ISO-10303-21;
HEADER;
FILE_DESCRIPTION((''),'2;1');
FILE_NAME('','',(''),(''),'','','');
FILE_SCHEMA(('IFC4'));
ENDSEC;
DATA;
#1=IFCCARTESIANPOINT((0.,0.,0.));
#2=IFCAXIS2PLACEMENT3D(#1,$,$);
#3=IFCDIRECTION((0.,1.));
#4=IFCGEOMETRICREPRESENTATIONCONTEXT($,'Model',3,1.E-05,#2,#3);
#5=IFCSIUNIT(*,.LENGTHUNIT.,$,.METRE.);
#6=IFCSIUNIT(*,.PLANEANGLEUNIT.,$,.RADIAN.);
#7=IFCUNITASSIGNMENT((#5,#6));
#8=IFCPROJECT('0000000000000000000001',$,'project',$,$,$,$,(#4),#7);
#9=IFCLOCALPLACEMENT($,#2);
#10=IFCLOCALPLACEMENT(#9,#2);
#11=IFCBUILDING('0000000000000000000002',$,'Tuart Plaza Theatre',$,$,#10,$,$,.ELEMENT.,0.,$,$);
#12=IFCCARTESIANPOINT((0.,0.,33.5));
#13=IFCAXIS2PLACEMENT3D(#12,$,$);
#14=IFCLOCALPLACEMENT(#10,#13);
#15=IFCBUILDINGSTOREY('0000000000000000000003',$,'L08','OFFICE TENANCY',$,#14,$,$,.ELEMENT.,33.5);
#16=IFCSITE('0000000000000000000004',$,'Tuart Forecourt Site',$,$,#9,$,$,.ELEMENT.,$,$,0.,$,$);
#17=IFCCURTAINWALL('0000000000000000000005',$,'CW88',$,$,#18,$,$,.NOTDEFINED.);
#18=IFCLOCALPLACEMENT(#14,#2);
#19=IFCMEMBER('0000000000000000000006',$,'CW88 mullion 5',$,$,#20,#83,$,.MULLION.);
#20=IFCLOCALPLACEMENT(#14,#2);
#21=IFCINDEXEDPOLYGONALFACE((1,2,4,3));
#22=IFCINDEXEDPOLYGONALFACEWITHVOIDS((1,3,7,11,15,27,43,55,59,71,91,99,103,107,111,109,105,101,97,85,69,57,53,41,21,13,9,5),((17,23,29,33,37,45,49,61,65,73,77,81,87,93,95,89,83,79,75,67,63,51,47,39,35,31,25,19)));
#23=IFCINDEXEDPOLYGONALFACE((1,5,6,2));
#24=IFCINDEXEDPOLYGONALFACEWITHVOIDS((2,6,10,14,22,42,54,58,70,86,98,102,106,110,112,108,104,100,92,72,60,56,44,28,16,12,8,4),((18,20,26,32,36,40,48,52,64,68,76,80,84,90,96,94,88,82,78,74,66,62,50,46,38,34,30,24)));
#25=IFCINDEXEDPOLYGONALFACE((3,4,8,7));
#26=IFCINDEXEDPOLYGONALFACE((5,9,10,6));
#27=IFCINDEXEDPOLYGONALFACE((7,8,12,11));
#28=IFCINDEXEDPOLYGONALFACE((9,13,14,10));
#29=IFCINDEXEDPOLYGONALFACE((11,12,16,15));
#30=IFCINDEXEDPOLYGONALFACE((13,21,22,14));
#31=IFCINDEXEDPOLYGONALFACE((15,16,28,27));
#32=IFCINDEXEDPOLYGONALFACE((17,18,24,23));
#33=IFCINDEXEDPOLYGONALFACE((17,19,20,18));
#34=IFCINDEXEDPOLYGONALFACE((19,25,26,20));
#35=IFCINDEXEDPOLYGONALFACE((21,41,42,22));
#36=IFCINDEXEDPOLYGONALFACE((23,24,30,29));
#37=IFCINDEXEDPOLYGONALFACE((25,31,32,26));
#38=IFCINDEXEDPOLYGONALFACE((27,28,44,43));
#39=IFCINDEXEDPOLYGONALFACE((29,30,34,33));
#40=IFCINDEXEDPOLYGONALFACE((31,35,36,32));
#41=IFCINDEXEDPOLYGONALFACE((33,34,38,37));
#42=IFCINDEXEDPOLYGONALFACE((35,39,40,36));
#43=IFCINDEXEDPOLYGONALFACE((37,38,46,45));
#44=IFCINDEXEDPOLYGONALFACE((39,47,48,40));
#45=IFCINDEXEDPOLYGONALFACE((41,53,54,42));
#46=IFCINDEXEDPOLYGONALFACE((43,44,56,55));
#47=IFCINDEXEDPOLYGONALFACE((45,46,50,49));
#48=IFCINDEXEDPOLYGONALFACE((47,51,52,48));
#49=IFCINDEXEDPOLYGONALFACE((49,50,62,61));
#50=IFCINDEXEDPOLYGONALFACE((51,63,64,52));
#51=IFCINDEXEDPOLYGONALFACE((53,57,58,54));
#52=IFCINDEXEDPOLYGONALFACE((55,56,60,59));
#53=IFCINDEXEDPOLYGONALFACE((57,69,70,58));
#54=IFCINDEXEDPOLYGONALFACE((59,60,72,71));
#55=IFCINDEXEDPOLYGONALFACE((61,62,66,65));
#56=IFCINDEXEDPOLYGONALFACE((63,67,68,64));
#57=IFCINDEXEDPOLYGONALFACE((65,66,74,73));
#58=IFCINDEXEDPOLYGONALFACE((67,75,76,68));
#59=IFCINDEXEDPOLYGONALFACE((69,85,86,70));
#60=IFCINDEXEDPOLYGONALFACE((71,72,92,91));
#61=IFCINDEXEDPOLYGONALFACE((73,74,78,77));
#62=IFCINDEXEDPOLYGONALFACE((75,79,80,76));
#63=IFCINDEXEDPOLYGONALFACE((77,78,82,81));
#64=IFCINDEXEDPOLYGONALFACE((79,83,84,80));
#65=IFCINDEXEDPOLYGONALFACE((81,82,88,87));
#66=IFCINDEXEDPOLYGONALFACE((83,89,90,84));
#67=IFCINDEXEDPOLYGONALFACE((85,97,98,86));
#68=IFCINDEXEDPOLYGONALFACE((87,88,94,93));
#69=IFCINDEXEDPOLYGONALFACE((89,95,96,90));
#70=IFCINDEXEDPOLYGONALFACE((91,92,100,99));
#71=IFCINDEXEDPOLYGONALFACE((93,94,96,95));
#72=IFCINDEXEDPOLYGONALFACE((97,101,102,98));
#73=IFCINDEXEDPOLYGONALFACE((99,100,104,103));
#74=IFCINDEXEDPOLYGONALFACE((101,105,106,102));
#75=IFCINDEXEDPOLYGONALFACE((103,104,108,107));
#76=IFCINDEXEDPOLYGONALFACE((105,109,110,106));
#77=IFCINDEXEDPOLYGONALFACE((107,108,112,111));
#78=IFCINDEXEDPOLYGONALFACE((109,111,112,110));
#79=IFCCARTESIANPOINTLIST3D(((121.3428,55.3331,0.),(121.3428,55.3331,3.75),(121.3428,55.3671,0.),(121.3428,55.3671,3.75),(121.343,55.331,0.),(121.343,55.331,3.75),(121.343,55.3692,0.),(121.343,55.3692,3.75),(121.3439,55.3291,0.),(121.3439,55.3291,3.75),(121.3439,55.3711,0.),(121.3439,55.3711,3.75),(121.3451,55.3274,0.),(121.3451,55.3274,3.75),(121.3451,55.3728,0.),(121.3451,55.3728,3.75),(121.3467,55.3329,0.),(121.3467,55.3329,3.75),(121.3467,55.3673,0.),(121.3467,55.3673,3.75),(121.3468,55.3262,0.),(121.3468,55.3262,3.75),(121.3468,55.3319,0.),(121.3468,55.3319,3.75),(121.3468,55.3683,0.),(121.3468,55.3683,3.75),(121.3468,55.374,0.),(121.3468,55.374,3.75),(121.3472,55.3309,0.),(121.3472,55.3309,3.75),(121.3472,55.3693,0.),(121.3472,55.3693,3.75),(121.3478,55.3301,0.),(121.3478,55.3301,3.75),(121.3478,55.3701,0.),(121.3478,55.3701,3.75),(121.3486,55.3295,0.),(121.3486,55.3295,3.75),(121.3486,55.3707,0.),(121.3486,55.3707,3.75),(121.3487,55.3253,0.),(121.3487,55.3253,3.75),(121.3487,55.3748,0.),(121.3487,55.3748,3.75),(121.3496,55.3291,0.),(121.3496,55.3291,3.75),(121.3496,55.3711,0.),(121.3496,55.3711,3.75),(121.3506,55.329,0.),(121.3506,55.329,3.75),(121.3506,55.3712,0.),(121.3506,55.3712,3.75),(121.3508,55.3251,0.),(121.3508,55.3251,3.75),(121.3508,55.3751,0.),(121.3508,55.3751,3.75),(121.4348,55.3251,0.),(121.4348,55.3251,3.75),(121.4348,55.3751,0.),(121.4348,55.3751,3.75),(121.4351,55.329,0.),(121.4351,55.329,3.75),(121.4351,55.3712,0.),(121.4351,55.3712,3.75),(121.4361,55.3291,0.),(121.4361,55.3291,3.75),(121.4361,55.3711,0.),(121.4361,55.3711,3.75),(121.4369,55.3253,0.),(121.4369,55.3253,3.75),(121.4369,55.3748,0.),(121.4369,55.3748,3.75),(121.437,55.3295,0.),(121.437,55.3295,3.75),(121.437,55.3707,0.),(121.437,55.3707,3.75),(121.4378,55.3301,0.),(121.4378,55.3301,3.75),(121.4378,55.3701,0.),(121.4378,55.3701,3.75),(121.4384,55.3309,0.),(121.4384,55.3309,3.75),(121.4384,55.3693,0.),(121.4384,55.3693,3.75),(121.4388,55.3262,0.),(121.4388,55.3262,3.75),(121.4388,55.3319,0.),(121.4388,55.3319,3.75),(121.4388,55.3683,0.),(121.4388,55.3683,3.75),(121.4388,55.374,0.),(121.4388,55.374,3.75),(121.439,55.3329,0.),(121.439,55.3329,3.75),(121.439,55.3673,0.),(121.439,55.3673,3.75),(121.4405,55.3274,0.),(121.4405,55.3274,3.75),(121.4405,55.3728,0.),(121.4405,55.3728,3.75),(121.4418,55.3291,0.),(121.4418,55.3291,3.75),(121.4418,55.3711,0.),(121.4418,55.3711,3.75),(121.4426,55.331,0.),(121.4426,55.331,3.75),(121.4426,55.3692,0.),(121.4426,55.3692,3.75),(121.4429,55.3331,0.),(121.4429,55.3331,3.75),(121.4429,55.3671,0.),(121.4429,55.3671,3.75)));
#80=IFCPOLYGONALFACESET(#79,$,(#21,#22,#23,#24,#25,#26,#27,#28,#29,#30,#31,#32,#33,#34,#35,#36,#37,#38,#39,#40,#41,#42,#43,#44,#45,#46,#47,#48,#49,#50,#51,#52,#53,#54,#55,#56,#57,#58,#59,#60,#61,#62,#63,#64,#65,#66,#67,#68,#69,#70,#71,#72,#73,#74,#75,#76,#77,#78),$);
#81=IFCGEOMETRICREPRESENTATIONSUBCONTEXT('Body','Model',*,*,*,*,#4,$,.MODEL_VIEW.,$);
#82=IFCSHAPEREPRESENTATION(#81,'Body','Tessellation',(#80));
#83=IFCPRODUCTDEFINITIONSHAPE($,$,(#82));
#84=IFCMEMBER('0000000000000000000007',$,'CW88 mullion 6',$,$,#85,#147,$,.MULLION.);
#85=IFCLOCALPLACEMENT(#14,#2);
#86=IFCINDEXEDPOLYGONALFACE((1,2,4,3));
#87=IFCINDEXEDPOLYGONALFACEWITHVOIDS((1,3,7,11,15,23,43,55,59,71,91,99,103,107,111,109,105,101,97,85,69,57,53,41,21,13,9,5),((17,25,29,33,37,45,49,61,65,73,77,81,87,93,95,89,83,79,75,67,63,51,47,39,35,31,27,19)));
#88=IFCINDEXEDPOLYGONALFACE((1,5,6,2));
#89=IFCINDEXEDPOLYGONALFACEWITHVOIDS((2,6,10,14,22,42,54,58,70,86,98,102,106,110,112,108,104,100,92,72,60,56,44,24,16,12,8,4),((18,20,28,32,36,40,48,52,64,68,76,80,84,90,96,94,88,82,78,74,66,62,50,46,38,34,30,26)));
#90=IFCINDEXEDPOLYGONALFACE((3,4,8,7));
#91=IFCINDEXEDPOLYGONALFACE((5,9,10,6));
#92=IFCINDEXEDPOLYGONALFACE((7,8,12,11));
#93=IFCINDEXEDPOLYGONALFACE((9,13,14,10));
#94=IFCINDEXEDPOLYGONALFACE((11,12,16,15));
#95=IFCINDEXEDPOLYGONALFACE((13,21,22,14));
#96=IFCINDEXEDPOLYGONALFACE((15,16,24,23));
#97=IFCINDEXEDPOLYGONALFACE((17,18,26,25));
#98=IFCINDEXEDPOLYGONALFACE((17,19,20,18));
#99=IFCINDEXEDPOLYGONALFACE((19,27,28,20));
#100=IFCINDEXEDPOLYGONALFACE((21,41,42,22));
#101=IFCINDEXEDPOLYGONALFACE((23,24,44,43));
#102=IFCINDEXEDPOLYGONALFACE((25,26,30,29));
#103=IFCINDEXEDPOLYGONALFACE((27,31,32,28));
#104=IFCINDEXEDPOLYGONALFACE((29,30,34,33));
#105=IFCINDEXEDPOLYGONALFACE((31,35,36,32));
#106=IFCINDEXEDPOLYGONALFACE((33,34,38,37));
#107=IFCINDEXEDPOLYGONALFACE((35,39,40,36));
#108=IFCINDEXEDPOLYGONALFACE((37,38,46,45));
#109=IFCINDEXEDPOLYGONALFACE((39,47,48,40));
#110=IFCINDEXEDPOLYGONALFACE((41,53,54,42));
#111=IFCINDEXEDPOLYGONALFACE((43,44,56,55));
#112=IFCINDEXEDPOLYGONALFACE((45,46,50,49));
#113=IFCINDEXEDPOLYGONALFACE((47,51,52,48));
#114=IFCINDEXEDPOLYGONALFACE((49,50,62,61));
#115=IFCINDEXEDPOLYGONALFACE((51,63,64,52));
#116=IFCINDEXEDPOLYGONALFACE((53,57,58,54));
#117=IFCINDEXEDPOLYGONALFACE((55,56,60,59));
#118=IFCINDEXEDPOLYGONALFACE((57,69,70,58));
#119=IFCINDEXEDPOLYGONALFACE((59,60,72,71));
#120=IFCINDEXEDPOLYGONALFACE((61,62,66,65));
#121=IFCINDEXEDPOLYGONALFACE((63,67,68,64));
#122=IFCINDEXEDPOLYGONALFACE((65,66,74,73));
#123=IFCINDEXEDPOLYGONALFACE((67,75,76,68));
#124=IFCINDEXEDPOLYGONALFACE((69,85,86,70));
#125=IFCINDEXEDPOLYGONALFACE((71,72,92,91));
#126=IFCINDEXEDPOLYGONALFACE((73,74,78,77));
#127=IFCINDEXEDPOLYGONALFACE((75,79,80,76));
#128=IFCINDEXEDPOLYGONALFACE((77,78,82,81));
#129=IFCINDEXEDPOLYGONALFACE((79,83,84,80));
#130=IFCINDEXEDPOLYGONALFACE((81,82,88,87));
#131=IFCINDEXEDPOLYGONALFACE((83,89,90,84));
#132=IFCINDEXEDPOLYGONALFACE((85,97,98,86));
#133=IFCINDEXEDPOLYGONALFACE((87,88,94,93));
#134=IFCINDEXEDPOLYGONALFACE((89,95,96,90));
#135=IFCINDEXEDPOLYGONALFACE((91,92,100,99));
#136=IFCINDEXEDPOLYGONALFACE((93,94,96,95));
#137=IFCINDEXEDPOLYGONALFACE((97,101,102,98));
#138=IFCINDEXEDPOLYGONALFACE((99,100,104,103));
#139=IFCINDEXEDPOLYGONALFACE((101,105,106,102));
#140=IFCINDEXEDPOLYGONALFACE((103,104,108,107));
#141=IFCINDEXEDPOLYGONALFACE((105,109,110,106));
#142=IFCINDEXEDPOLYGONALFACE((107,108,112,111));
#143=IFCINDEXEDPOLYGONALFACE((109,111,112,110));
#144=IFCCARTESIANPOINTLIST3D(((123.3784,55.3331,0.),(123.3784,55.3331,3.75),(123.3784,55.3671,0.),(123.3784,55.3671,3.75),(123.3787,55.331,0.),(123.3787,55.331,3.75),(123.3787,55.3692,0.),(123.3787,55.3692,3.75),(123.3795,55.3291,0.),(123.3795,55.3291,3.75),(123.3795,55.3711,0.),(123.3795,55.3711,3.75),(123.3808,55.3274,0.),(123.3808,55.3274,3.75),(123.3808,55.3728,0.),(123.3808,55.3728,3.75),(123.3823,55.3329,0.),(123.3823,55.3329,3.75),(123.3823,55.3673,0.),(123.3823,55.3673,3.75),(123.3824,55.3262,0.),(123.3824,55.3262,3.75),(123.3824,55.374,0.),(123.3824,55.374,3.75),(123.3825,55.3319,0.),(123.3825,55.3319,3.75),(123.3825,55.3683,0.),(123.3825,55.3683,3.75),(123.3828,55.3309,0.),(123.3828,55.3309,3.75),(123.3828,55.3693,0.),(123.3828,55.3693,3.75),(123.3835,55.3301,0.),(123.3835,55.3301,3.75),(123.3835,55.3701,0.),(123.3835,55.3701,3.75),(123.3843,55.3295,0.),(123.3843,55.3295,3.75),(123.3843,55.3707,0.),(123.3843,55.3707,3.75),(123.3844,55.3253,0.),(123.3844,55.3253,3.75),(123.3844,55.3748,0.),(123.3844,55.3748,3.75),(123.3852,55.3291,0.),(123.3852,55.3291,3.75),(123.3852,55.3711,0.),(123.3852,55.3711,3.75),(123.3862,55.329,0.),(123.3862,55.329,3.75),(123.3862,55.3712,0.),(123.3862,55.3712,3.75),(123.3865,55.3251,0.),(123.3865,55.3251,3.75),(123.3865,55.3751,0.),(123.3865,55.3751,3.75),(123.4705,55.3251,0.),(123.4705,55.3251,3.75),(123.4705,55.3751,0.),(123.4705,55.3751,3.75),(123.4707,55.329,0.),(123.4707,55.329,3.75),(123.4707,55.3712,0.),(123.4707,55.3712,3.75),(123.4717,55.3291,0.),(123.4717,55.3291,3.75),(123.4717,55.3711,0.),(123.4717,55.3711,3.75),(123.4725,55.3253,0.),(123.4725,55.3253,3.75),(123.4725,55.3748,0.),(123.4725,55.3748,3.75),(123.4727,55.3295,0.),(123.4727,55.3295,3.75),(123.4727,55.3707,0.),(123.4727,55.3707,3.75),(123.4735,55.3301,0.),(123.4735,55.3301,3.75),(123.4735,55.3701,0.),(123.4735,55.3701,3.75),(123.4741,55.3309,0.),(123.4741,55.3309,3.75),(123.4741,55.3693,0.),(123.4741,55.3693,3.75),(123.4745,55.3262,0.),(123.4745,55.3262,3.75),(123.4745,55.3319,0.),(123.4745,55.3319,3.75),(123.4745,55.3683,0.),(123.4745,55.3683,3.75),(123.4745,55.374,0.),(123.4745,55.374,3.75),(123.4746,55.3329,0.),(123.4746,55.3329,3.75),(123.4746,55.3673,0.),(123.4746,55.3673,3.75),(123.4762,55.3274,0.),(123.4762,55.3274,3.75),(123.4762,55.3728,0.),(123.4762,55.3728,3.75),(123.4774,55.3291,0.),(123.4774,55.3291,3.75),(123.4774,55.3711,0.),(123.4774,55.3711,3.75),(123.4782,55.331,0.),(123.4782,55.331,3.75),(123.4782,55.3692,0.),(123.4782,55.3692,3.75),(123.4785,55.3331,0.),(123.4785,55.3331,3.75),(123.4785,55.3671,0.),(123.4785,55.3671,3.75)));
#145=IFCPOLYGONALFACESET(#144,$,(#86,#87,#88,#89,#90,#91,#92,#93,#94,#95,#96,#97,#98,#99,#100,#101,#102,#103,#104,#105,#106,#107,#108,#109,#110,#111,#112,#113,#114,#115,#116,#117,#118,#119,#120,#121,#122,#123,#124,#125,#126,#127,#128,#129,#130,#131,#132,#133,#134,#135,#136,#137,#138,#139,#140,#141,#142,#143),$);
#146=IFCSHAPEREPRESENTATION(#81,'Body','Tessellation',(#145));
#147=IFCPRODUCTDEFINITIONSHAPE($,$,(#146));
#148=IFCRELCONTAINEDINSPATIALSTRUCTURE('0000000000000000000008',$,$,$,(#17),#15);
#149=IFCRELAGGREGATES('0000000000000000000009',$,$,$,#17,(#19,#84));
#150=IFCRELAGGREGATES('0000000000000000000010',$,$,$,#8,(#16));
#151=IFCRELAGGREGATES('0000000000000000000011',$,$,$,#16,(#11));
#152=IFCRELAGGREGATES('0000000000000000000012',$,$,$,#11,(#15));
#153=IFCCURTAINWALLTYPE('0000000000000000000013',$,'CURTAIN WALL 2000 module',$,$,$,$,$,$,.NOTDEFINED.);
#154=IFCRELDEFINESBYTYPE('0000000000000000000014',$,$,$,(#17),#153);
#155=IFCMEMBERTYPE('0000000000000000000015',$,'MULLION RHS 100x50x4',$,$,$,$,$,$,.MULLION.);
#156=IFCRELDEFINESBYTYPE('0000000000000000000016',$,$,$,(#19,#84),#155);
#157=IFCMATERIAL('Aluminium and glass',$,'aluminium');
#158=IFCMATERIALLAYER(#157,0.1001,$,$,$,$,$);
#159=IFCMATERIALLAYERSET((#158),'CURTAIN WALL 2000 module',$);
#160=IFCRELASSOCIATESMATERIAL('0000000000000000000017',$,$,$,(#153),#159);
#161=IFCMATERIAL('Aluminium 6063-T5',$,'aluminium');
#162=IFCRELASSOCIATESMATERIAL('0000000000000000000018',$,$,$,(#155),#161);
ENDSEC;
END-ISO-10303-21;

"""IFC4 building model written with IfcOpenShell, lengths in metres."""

from ifc_helpers import new_model, si_unit, direction, frame, origin, origin_2d, place, context, subcontext, project, spatial, hollow_rectangle, extrude, material, layer, layer_set, material_profile, profile_set, type_object, element, aggregate, save


model = new_model("IFC4")

# Units and contexts
model_context = context("Model", 3, precision=1e-05, world=origin(), true_north=direction((0.0, 1.0)))
body_context = subcontext(model_context, "Body", "Model", "MODEL_VIEW")
ifc_project = project(units=[si_unit("LENGTHUNIT", "METRE"), si_unit("PLANEANGLEUNIT", "RADIAN")], contexts=[model_context])

# Site, building, storey
site_placement = place(None, origin())
site = spatial("IfcSite", under=ifc_project, at=site_placement, Name="Tuart Forecourt Site", CompositionType="ELEMENT", RefElevation=0.0)
building_placement = place(site_placement, origin())
building = spatial("IfcBuilding", under=site, at=building_placement, Name="Tuart Plaza Theatre", CompositionType="ELEMENT", ElevationOfRefHeight=0.0)
storey_placement = place(building_placement, frame((0.0, 0.0, 33.5)))
storey = spatial("IfcBuildingStorey", under=building, at=storey_placement, Name="L08", Description="OFFICE TENANCY", CompositionType="ELEMENT", Elevation=33.5)

# Curtain wall, members
ifc_material_1 = material(Name="Aluminium and glass", Category="aluminium")
ifc_layer_1 = layer(ifc_material_1, 0.1001)
ifc_layer_set_1 = layer_set([ifc_layer_1], Name="CURTAIN WALL 2000 module")
curtain_wall_type = type_object("IfcCurtainWallType", Name="CURTAIN WALL 2000 module", PredefinedType="NOTDEFINED", material=ifc_layer_set_1)
curtain_wall_placement = place(storey_placement, origin())
curtain_wall = element("IfcCurtainWall", 1, at=curtain_wall_placement, inside=storey, type_object=curtain_wall_type, Name="CW88", PredefinedType="NOTDEFINED")
ifc_material_2 = material(Name="Aluminium 6063-T5", Category="aluminium")
ifc_material_profile_1 = material_profile(ifc_material_2, hollow_rectangle(XDim=0.05, YDim=0.1001, WallThickness=0.0039, InnerFilletRadius=0.0039, OuterFilletRadius=0.0081, at=origin_2d()), Name="RHS 100x50x4")
ifc_profile_set_1 = profile_set([ifc_material_profile_1], Name="Aluminium 6063-T5")
member_type_1 = type_object("IfcMemberType", Name="MULLION RHS 100x50x4", PredefinedType="MULLION", material=ifc_profile_set_1)
member_1_placement = place(storey_placement, frame((121.3928, 55.3501, 0.0), z_axis=(0.0, 0.0, 1.0), x_axis=(0.0, 1.0, 0.0)))
member_1 = element("IfcMember", 2, at=member_1_placement, type_object=member_type_1, Name="CW88 mullion 5", PredefinedType="MULLION", context=body_context, shape_type="SweptSolid", body=[
    extrude(hollow_rectangle(XDim=0.05, YDim=0.1001, WallThickness=0.0039, InnerFilletRadius=0.0039, OuterFilletRadius=0.0081, at=origin_2d()), origin(), (0.0, 0.0, 1.0), 3.75),
])
member_2_placement = place(storey_placement, frame((123.4285, 55.3501, 0.0), z_axis=(0.0, 0.0, 1.0), x_axis=(0.0, 1.0, 0.0)))
member_2 = element("IfcMember", 3, at=member_2_placement, type_object=member_type_1, Name="CW88 mullion 6", PredefinedType="MULLION", context=body_context, shape_type="SweptSolid", body=[
    extrude(hollow_rectangle(XDim=0.05, YDim=0.1001, WallThickness=0.0039, InnerFilletRadius=0.0039, OuterFilletRadius=0.0081, at=origin_2d()), origin(), (0.0, 0.0, 1.0), 3.75),
])
aggregate(curtain_wall, [member_1, member_2])

save(model, "model.ifc")
